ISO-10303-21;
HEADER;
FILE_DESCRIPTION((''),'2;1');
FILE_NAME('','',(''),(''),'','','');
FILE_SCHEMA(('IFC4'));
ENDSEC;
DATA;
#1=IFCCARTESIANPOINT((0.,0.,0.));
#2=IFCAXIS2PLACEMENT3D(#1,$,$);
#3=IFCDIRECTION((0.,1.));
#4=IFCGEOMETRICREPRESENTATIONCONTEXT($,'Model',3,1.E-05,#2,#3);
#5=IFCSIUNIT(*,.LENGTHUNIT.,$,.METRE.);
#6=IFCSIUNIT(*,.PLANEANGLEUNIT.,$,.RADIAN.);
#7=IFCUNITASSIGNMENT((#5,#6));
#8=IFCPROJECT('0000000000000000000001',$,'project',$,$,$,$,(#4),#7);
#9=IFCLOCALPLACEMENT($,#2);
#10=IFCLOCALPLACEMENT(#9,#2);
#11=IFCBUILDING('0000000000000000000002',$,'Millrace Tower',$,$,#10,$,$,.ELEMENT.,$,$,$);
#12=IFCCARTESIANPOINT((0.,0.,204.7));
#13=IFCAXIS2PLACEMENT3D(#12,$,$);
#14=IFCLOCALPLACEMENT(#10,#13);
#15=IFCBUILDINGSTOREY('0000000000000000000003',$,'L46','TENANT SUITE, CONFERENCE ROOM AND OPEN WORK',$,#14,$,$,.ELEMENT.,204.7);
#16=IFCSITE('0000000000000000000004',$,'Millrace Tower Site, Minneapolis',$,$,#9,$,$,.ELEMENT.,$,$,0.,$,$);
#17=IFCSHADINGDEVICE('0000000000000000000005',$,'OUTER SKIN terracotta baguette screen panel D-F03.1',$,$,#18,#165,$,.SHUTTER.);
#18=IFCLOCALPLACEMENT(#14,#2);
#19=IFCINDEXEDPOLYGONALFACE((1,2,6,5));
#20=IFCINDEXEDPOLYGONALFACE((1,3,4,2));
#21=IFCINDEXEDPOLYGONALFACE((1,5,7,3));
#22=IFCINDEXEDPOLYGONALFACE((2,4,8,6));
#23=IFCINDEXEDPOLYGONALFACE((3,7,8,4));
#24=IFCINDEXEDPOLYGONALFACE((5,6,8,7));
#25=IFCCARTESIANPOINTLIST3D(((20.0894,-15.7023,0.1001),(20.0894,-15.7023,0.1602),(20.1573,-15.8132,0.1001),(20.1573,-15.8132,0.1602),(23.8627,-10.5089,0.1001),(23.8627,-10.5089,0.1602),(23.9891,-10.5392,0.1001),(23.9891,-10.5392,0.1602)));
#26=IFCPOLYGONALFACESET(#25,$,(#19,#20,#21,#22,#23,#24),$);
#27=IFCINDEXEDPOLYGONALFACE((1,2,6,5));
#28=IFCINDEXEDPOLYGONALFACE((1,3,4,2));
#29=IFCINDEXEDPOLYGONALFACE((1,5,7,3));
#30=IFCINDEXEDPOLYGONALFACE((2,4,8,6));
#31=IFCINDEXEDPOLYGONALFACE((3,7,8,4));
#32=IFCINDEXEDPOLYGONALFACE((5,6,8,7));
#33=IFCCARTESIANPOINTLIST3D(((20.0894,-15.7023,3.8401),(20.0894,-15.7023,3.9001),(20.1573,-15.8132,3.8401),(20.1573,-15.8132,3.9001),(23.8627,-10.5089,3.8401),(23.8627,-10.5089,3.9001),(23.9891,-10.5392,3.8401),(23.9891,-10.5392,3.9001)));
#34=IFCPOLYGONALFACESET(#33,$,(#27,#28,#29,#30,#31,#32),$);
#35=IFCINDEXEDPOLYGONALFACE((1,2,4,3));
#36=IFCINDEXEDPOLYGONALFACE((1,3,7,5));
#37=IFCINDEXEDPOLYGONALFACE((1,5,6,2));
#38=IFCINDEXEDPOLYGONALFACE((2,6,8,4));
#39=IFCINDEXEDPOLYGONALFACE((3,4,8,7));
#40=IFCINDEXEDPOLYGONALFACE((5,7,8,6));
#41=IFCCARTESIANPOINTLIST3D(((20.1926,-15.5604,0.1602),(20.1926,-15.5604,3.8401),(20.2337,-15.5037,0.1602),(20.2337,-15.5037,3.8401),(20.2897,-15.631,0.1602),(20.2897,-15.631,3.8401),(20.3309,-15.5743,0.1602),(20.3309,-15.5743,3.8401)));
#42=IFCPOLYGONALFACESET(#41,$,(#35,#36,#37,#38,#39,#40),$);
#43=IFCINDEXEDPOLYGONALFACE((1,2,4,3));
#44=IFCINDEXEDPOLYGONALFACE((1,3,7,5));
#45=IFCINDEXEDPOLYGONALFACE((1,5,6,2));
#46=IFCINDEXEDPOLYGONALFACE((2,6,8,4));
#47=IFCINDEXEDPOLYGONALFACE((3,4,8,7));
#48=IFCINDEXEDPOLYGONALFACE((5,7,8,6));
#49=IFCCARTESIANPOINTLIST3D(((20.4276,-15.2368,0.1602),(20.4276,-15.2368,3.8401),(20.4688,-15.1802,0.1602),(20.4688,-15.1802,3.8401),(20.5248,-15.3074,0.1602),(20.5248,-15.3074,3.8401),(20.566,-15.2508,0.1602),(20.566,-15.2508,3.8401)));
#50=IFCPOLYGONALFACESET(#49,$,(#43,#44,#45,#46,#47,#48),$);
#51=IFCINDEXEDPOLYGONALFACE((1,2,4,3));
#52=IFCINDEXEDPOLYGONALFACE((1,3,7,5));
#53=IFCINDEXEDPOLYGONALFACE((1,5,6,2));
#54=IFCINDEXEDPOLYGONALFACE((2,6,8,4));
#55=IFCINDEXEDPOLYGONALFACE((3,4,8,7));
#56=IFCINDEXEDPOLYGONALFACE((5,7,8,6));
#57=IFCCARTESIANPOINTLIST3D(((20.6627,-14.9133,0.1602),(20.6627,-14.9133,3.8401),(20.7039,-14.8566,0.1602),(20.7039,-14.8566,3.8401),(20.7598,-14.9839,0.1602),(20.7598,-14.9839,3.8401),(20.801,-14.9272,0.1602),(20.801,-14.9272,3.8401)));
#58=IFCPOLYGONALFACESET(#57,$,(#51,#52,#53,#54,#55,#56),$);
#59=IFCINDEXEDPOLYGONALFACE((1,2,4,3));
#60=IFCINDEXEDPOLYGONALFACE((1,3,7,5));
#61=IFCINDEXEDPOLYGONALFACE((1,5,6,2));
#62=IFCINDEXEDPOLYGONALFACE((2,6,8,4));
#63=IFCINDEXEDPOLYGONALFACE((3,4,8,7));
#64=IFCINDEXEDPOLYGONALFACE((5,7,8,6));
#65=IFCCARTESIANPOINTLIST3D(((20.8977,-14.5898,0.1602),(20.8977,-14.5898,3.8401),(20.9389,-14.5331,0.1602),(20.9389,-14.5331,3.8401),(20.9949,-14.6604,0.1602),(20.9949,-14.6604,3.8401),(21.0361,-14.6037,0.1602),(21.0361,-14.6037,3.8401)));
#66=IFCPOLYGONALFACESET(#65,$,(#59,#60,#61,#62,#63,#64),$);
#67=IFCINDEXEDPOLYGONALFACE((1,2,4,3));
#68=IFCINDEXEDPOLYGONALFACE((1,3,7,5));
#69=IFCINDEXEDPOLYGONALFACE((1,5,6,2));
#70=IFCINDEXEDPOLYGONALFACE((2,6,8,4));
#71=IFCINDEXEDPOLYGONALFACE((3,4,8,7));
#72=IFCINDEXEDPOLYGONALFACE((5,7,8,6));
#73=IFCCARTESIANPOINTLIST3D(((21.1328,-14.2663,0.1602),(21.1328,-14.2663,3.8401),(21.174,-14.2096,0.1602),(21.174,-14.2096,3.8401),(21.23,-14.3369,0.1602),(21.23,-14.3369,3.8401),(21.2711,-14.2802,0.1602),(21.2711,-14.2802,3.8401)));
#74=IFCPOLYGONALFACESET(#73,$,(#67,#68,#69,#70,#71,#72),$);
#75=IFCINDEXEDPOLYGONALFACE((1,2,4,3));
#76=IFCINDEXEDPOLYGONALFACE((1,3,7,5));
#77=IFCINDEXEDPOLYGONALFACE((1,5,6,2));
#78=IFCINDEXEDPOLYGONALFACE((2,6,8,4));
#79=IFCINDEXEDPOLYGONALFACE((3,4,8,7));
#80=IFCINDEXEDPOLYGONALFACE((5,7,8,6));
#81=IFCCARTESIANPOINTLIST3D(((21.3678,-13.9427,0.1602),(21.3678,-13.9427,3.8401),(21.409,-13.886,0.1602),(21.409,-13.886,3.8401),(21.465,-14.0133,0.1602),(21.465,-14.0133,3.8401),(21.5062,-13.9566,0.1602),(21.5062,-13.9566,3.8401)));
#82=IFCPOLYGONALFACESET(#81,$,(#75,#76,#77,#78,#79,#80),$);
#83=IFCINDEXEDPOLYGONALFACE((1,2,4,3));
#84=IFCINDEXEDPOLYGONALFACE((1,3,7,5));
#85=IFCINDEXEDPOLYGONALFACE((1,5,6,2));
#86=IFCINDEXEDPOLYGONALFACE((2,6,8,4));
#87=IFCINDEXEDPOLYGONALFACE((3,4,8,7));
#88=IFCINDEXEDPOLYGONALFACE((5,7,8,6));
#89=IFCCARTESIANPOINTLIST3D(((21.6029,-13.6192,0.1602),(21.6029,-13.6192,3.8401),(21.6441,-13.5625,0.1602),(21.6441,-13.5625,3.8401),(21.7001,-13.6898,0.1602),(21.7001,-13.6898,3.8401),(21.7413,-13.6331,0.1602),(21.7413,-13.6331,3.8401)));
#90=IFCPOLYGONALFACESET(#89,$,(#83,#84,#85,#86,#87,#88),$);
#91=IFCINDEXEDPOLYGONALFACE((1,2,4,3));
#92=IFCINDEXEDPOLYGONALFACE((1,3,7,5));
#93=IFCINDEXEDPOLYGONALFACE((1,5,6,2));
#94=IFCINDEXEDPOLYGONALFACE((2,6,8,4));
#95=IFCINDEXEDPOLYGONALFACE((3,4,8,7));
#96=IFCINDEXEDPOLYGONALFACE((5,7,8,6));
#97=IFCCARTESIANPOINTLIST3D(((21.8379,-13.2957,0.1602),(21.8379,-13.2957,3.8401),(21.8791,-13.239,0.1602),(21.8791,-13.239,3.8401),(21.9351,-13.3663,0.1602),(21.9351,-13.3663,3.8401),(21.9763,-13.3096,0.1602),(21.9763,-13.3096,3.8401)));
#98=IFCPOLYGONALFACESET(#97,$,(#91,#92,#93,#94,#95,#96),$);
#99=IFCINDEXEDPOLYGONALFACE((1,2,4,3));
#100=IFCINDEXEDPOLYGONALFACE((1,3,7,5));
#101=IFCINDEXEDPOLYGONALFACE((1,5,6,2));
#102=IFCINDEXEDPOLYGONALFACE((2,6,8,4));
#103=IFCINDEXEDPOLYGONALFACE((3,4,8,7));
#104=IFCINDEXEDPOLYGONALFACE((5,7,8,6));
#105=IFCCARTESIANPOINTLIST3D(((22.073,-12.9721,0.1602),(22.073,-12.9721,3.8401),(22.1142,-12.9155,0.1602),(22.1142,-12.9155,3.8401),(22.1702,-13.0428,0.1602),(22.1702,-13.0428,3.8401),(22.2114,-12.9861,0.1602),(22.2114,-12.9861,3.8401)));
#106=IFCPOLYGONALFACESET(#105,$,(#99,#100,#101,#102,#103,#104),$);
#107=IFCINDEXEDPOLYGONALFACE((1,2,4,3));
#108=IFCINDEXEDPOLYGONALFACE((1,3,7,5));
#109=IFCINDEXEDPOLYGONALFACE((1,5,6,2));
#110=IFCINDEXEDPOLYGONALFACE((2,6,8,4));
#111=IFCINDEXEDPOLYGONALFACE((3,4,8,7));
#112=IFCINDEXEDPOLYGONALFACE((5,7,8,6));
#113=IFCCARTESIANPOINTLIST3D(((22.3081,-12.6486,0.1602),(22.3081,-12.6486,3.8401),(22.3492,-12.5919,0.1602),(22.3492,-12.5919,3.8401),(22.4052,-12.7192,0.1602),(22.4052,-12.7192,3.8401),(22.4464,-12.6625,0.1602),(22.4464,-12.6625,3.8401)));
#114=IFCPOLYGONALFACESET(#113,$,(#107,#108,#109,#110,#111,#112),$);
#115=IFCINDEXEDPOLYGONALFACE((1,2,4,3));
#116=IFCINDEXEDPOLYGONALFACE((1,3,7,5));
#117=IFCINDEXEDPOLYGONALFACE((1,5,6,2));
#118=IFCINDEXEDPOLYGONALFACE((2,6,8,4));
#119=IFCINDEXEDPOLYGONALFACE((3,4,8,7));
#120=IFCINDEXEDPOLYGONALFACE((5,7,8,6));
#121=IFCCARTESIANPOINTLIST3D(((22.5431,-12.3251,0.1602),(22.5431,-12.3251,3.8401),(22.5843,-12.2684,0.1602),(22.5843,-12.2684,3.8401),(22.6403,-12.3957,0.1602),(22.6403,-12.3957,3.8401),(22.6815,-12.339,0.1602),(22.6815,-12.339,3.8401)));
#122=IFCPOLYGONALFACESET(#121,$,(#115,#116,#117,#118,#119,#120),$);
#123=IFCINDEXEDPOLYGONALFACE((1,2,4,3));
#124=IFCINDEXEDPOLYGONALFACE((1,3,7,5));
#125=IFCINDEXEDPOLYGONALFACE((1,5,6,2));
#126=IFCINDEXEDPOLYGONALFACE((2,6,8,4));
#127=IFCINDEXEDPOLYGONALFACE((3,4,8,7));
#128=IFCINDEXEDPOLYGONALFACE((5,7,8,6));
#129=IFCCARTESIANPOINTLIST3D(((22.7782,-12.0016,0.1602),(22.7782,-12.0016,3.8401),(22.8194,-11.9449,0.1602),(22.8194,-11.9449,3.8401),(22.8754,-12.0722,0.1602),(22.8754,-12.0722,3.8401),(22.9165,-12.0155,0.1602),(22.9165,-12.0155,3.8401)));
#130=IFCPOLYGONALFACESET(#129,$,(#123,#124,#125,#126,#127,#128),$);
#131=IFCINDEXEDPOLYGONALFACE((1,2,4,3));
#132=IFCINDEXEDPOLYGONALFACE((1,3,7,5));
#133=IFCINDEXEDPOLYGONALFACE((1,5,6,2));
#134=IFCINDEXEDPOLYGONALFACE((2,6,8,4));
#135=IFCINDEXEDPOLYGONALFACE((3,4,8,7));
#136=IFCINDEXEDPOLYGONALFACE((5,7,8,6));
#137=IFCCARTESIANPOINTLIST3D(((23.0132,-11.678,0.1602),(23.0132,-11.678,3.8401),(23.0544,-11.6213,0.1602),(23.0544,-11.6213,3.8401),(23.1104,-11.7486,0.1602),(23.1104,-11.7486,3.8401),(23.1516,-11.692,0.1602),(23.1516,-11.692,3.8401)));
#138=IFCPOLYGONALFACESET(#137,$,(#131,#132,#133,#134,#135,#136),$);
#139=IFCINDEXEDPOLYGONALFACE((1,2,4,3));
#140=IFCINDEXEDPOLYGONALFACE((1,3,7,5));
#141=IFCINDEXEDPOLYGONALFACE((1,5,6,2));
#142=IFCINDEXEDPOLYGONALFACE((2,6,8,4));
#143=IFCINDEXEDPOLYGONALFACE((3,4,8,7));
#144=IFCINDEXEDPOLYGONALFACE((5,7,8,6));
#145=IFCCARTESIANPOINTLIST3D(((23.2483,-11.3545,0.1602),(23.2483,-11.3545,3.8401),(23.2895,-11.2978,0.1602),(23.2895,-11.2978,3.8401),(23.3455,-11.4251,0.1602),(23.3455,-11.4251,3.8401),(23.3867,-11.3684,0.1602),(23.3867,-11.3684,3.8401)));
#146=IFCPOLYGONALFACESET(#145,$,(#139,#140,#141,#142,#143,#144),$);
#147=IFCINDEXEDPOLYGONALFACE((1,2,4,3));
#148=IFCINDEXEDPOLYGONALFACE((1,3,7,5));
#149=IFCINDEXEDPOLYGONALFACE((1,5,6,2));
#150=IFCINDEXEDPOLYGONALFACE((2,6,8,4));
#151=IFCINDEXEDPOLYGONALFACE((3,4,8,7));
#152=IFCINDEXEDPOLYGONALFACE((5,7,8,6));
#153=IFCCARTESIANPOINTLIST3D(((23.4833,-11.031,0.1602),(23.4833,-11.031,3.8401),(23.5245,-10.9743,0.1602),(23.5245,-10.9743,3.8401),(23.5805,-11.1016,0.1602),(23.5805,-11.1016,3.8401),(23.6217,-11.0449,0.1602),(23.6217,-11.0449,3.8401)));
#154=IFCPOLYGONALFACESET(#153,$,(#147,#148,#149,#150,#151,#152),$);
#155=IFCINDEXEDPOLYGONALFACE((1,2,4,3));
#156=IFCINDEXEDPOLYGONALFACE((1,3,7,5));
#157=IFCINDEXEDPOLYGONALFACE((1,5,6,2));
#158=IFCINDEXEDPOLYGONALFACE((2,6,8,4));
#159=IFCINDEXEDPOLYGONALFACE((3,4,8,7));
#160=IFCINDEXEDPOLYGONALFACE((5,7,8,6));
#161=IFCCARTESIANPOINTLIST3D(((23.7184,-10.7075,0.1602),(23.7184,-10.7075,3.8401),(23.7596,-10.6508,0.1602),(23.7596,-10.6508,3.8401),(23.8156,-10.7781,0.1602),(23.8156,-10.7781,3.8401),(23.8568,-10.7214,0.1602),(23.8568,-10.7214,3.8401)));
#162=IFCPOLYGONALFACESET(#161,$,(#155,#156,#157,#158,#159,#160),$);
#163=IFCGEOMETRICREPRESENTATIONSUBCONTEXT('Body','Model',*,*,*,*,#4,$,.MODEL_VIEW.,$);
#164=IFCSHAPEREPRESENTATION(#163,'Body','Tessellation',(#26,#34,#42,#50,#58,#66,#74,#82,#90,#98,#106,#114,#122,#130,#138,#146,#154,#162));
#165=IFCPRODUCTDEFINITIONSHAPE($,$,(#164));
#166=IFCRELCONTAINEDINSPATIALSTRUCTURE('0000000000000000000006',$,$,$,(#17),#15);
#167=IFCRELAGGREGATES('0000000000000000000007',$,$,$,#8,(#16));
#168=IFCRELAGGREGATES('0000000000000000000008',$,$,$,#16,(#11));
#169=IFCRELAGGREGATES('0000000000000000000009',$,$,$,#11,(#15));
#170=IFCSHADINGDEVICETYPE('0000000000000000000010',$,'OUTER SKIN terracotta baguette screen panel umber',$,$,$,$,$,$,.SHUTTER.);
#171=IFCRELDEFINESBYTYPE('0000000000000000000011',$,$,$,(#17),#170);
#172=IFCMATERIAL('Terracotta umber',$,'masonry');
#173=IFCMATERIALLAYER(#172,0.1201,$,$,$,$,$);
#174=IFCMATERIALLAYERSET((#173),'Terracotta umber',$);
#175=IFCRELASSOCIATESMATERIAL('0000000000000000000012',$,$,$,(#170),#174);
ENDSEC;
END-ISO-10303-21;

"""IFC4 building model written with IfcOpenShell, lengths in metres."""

from ifc_helpers import new_model, entity, si_unit, direction, frame, frame_2d, origin, place, context, subcontext, project, spatial, rectangle, extrude, source, transform, mapped, material, layer, layer_set, type_object, element, save


model = new_model("IFC4")

# Units and contexts
model_context = context("Model", 3, precision=1e-05, world=origin(), true_north=direction((0.0, 1.0)))
body_context = subcontext(model_context, "Body", "Model", "MODEL_VIEW")
ifc_project = project(units=[si_unit("LENGTHUNIT", "METRE"), si_unit("PLANEANGLEUNIT", "RADIAN")], contexts=[model_context])

# Site, building, storey
site_placement = place(None, origin())
site = spatial("IfcSite", under=ifc_project, at=site_placement, Name="Millrace Tower Site, Minneapolis", CompositionType="ELEMENT", RefElevation=0.0)
building_placement = place(site_placement, origin())
building = spatial("IfcBuilding", under=site, at=building_placement, Name="Millrace Tower", CompositionType="ELEMENT")
storey_placement = place(building_placement, frame((0.0, 0.0, 204.7)))
storey = spatial("IfcBuildingStorey", under=building, at=storey_placement, Name="L46", Description="TENANT SUITE, CONFERENCE ROOM AND OPEN WORK", CompositionType="ELEMENT", Elevation=204.7)

# Shading device
ifc_material_1 = material(Name="Terracotta umber", Category="masonry")
ifc_layer_1 = layer(ifc_material_1, 0.1201)
ifc_layer_set_1 = layer_set([ifc_layer_1], Name="Terracotta umber")
shading_device_type = type_object("IfcShadingDeviceType", Name="OUTER SKIN terracotta baguette screen panel umber", PredefinedType="SHUTTER", material=ifc_layer_set_1)
cartesian_point_1 = entity("IfcCartesianPoint", [-3.2097, 0.0601])
shared_polyline_1 = entity("IfcPolyline", [cartesian_point_1, entity("IfcCartesianPoint", [3.2097, 0.0601]), entity("IfcCartesianPoint", [3.2595, -0.0601]), entity("IfcCartesianPoint", [-3.2595, -0.0601]), cartesian_point_1])
shared_shape_1 = source(origin(), body_context, "Body", "SweptSolid", [
    entity("IfcExtrudedAreaSolid", entity("IfcArbitraryClosedProfileDef", "AREA", None, shared_polyline_1), entity("IfcAxis2Placement3D", entity("IfcCartesianPoint", [0.0, 0.0, 0.0])), entity("IfcDirection", [0.0, 0.0, 1.0]), 0.0601),
    entity("IfcExtrudedAreaSolid", entity("IfcArbitraryClosedProfileDef", "AREA", None, shared_polyline_1), entity("IfcAxis2Placement3D", entity("IfcCartesianPoint", [0.0, 0.0, 3.74])), entity("IfcDirection", [0.0, 0.0, 1.0]), 0.0601),
    extrude(rectangle(XDim=0.0701, YDim=0.1201, at=frame_2d((-2.9993, 0.0))), frame((0.0, 0.0, 0.0601)), (0.0, 0.0, 1.0), 3.6799),
    extrude(rectangle(XDim=0.0701, YDim=0.1201, at=frame_2d((-2.5994, 0.0))), frame((0.0, 0.0, 0.0601)), (0.0, 0.0, 1.0), 3.6799),
    extrude(rectangle(XDim=0.0701, YDim=0.1201, at=frame_2d((-2.1995, 0.0))), frame((0.0, 0.0, 0.0601)), (0.0, 0.0, 1.0), 3.6799),
    extrude(rectangle(XDim=0.0701, YDim=0.1201, at=frame_2d((-1.7996, 0.0))), frame((0.0, 0.0, 0.0601)), (0.0, 0.0, 1.0), 3.6799),
    extrude(rectangle(XDim=0.0701, YDim=0.1201, at=frame_2d((-1.3997, 0.0))), frame((0.0, 0.0, 0.0601)), (0.0, 0.0, 1.0), 3.6799),
    extrude(rectangle(XDim=0.0701, YDim=0.1201, at=frame_2d((-0.9998, 0.0))), frame((0.0, 0.0, 0.0601)), (0.0, 0.0, 1.0), 3.6799),
    extrude(rectangle(XDim=0.0701, YDim=0.1201, at=frame_2d((-0.5999, 0.0))), frame((0.0, 0.0, 0.0601)), (0.0, 0.0, 1.0), 3.6799),
    extrude(rectangle(XDim=0.0701, YDim=0.1201, at=frame_2d((-0.2, 0.0))), frame((0.0, 0.0, 0.0601)), (0.0, 0.0, 1.0), 3.6799),
    extrude(rectangle(XDim=0.0701, YDim=0.1201, at=frame_2d((0.2, 0.0))), frame((0.0, 0.0, 0.0601)), (0.0, 0.0, 1.0), 3.6799),
    extrude(rectangle(XDim=0.0701, YDim=0.1201, at=frame_2d((0.5999, 0.0))), frame((0.0, 0.0, 0.0601)), (0.0, 0.0, 1.0), 3.6799),
    extrude(rectangle(XDim=0.0701, YDim=0.1201, at=frame_2d((0.9998, 0.0))), frame((0.0, 0.0, 0.0601)), (0.0, 0.0, 1.0), 3.6799),
    extrude(rectangle(XDim=0.0701, YDim=0.1201, at=frame_2d((1.3997, 0.0))), frame((0.0, 0.0, 0.0601)), (0.0, 0.0, 1.0), 3.6799),
    extrude(rectangle(XDim=0.0701, YDim=0.1201, at=frame_2d((1.7996, 0.0))), frame((0.0, 0.0, 0.0601)), (0.0, 0.0, 1.0), 3.6799),
    extrude(rectangle(XDim=0.0701, YDim=0.1201, at=frame_2d((2.1995, 0.0))), frame((0.0, 0.0, 0.0601)), (0.0, 0.0, 1.0), 3.6799),
    extrude(rectangle(XDim=0.0701, YDim=0.1201, at=frame_2d((2.5994, 0.0))), frame((0.0, 0.0, 0.0601)), (0.0, 0.0, 1.0), 3.6799),
    extrude(rectangle(XDim=0.0701, YDim=0.1201, at=frame_2d((2.9993, 0.0))), frame((0.0, 0.0, 0.0601)), (0.0, 0.0, 1.0), 3.6799),
])
shading_device_1_placement = place(storey_placement, frame((22.0247, -13.1409, 0.1001), z_axis=(0.0, 0.0, 1.0), x_axis=(0.587785, 0.809017, 0.0)))
element("IfcShadingDevice", 1, at=shading_device_1_placement, inside=storey, type_object=shading_device_type, Name="OUTER SKIN terracotta baguette screen panel D-F03.1", PredefinedType="SHUTTER", context=body_context, shape_type="MappedRepresentation", body=[
    mapped(shared_shape_1, transform((0.0, 0.0, 0.0), scale=1.0)),
])

save(model, "model.ifc")
